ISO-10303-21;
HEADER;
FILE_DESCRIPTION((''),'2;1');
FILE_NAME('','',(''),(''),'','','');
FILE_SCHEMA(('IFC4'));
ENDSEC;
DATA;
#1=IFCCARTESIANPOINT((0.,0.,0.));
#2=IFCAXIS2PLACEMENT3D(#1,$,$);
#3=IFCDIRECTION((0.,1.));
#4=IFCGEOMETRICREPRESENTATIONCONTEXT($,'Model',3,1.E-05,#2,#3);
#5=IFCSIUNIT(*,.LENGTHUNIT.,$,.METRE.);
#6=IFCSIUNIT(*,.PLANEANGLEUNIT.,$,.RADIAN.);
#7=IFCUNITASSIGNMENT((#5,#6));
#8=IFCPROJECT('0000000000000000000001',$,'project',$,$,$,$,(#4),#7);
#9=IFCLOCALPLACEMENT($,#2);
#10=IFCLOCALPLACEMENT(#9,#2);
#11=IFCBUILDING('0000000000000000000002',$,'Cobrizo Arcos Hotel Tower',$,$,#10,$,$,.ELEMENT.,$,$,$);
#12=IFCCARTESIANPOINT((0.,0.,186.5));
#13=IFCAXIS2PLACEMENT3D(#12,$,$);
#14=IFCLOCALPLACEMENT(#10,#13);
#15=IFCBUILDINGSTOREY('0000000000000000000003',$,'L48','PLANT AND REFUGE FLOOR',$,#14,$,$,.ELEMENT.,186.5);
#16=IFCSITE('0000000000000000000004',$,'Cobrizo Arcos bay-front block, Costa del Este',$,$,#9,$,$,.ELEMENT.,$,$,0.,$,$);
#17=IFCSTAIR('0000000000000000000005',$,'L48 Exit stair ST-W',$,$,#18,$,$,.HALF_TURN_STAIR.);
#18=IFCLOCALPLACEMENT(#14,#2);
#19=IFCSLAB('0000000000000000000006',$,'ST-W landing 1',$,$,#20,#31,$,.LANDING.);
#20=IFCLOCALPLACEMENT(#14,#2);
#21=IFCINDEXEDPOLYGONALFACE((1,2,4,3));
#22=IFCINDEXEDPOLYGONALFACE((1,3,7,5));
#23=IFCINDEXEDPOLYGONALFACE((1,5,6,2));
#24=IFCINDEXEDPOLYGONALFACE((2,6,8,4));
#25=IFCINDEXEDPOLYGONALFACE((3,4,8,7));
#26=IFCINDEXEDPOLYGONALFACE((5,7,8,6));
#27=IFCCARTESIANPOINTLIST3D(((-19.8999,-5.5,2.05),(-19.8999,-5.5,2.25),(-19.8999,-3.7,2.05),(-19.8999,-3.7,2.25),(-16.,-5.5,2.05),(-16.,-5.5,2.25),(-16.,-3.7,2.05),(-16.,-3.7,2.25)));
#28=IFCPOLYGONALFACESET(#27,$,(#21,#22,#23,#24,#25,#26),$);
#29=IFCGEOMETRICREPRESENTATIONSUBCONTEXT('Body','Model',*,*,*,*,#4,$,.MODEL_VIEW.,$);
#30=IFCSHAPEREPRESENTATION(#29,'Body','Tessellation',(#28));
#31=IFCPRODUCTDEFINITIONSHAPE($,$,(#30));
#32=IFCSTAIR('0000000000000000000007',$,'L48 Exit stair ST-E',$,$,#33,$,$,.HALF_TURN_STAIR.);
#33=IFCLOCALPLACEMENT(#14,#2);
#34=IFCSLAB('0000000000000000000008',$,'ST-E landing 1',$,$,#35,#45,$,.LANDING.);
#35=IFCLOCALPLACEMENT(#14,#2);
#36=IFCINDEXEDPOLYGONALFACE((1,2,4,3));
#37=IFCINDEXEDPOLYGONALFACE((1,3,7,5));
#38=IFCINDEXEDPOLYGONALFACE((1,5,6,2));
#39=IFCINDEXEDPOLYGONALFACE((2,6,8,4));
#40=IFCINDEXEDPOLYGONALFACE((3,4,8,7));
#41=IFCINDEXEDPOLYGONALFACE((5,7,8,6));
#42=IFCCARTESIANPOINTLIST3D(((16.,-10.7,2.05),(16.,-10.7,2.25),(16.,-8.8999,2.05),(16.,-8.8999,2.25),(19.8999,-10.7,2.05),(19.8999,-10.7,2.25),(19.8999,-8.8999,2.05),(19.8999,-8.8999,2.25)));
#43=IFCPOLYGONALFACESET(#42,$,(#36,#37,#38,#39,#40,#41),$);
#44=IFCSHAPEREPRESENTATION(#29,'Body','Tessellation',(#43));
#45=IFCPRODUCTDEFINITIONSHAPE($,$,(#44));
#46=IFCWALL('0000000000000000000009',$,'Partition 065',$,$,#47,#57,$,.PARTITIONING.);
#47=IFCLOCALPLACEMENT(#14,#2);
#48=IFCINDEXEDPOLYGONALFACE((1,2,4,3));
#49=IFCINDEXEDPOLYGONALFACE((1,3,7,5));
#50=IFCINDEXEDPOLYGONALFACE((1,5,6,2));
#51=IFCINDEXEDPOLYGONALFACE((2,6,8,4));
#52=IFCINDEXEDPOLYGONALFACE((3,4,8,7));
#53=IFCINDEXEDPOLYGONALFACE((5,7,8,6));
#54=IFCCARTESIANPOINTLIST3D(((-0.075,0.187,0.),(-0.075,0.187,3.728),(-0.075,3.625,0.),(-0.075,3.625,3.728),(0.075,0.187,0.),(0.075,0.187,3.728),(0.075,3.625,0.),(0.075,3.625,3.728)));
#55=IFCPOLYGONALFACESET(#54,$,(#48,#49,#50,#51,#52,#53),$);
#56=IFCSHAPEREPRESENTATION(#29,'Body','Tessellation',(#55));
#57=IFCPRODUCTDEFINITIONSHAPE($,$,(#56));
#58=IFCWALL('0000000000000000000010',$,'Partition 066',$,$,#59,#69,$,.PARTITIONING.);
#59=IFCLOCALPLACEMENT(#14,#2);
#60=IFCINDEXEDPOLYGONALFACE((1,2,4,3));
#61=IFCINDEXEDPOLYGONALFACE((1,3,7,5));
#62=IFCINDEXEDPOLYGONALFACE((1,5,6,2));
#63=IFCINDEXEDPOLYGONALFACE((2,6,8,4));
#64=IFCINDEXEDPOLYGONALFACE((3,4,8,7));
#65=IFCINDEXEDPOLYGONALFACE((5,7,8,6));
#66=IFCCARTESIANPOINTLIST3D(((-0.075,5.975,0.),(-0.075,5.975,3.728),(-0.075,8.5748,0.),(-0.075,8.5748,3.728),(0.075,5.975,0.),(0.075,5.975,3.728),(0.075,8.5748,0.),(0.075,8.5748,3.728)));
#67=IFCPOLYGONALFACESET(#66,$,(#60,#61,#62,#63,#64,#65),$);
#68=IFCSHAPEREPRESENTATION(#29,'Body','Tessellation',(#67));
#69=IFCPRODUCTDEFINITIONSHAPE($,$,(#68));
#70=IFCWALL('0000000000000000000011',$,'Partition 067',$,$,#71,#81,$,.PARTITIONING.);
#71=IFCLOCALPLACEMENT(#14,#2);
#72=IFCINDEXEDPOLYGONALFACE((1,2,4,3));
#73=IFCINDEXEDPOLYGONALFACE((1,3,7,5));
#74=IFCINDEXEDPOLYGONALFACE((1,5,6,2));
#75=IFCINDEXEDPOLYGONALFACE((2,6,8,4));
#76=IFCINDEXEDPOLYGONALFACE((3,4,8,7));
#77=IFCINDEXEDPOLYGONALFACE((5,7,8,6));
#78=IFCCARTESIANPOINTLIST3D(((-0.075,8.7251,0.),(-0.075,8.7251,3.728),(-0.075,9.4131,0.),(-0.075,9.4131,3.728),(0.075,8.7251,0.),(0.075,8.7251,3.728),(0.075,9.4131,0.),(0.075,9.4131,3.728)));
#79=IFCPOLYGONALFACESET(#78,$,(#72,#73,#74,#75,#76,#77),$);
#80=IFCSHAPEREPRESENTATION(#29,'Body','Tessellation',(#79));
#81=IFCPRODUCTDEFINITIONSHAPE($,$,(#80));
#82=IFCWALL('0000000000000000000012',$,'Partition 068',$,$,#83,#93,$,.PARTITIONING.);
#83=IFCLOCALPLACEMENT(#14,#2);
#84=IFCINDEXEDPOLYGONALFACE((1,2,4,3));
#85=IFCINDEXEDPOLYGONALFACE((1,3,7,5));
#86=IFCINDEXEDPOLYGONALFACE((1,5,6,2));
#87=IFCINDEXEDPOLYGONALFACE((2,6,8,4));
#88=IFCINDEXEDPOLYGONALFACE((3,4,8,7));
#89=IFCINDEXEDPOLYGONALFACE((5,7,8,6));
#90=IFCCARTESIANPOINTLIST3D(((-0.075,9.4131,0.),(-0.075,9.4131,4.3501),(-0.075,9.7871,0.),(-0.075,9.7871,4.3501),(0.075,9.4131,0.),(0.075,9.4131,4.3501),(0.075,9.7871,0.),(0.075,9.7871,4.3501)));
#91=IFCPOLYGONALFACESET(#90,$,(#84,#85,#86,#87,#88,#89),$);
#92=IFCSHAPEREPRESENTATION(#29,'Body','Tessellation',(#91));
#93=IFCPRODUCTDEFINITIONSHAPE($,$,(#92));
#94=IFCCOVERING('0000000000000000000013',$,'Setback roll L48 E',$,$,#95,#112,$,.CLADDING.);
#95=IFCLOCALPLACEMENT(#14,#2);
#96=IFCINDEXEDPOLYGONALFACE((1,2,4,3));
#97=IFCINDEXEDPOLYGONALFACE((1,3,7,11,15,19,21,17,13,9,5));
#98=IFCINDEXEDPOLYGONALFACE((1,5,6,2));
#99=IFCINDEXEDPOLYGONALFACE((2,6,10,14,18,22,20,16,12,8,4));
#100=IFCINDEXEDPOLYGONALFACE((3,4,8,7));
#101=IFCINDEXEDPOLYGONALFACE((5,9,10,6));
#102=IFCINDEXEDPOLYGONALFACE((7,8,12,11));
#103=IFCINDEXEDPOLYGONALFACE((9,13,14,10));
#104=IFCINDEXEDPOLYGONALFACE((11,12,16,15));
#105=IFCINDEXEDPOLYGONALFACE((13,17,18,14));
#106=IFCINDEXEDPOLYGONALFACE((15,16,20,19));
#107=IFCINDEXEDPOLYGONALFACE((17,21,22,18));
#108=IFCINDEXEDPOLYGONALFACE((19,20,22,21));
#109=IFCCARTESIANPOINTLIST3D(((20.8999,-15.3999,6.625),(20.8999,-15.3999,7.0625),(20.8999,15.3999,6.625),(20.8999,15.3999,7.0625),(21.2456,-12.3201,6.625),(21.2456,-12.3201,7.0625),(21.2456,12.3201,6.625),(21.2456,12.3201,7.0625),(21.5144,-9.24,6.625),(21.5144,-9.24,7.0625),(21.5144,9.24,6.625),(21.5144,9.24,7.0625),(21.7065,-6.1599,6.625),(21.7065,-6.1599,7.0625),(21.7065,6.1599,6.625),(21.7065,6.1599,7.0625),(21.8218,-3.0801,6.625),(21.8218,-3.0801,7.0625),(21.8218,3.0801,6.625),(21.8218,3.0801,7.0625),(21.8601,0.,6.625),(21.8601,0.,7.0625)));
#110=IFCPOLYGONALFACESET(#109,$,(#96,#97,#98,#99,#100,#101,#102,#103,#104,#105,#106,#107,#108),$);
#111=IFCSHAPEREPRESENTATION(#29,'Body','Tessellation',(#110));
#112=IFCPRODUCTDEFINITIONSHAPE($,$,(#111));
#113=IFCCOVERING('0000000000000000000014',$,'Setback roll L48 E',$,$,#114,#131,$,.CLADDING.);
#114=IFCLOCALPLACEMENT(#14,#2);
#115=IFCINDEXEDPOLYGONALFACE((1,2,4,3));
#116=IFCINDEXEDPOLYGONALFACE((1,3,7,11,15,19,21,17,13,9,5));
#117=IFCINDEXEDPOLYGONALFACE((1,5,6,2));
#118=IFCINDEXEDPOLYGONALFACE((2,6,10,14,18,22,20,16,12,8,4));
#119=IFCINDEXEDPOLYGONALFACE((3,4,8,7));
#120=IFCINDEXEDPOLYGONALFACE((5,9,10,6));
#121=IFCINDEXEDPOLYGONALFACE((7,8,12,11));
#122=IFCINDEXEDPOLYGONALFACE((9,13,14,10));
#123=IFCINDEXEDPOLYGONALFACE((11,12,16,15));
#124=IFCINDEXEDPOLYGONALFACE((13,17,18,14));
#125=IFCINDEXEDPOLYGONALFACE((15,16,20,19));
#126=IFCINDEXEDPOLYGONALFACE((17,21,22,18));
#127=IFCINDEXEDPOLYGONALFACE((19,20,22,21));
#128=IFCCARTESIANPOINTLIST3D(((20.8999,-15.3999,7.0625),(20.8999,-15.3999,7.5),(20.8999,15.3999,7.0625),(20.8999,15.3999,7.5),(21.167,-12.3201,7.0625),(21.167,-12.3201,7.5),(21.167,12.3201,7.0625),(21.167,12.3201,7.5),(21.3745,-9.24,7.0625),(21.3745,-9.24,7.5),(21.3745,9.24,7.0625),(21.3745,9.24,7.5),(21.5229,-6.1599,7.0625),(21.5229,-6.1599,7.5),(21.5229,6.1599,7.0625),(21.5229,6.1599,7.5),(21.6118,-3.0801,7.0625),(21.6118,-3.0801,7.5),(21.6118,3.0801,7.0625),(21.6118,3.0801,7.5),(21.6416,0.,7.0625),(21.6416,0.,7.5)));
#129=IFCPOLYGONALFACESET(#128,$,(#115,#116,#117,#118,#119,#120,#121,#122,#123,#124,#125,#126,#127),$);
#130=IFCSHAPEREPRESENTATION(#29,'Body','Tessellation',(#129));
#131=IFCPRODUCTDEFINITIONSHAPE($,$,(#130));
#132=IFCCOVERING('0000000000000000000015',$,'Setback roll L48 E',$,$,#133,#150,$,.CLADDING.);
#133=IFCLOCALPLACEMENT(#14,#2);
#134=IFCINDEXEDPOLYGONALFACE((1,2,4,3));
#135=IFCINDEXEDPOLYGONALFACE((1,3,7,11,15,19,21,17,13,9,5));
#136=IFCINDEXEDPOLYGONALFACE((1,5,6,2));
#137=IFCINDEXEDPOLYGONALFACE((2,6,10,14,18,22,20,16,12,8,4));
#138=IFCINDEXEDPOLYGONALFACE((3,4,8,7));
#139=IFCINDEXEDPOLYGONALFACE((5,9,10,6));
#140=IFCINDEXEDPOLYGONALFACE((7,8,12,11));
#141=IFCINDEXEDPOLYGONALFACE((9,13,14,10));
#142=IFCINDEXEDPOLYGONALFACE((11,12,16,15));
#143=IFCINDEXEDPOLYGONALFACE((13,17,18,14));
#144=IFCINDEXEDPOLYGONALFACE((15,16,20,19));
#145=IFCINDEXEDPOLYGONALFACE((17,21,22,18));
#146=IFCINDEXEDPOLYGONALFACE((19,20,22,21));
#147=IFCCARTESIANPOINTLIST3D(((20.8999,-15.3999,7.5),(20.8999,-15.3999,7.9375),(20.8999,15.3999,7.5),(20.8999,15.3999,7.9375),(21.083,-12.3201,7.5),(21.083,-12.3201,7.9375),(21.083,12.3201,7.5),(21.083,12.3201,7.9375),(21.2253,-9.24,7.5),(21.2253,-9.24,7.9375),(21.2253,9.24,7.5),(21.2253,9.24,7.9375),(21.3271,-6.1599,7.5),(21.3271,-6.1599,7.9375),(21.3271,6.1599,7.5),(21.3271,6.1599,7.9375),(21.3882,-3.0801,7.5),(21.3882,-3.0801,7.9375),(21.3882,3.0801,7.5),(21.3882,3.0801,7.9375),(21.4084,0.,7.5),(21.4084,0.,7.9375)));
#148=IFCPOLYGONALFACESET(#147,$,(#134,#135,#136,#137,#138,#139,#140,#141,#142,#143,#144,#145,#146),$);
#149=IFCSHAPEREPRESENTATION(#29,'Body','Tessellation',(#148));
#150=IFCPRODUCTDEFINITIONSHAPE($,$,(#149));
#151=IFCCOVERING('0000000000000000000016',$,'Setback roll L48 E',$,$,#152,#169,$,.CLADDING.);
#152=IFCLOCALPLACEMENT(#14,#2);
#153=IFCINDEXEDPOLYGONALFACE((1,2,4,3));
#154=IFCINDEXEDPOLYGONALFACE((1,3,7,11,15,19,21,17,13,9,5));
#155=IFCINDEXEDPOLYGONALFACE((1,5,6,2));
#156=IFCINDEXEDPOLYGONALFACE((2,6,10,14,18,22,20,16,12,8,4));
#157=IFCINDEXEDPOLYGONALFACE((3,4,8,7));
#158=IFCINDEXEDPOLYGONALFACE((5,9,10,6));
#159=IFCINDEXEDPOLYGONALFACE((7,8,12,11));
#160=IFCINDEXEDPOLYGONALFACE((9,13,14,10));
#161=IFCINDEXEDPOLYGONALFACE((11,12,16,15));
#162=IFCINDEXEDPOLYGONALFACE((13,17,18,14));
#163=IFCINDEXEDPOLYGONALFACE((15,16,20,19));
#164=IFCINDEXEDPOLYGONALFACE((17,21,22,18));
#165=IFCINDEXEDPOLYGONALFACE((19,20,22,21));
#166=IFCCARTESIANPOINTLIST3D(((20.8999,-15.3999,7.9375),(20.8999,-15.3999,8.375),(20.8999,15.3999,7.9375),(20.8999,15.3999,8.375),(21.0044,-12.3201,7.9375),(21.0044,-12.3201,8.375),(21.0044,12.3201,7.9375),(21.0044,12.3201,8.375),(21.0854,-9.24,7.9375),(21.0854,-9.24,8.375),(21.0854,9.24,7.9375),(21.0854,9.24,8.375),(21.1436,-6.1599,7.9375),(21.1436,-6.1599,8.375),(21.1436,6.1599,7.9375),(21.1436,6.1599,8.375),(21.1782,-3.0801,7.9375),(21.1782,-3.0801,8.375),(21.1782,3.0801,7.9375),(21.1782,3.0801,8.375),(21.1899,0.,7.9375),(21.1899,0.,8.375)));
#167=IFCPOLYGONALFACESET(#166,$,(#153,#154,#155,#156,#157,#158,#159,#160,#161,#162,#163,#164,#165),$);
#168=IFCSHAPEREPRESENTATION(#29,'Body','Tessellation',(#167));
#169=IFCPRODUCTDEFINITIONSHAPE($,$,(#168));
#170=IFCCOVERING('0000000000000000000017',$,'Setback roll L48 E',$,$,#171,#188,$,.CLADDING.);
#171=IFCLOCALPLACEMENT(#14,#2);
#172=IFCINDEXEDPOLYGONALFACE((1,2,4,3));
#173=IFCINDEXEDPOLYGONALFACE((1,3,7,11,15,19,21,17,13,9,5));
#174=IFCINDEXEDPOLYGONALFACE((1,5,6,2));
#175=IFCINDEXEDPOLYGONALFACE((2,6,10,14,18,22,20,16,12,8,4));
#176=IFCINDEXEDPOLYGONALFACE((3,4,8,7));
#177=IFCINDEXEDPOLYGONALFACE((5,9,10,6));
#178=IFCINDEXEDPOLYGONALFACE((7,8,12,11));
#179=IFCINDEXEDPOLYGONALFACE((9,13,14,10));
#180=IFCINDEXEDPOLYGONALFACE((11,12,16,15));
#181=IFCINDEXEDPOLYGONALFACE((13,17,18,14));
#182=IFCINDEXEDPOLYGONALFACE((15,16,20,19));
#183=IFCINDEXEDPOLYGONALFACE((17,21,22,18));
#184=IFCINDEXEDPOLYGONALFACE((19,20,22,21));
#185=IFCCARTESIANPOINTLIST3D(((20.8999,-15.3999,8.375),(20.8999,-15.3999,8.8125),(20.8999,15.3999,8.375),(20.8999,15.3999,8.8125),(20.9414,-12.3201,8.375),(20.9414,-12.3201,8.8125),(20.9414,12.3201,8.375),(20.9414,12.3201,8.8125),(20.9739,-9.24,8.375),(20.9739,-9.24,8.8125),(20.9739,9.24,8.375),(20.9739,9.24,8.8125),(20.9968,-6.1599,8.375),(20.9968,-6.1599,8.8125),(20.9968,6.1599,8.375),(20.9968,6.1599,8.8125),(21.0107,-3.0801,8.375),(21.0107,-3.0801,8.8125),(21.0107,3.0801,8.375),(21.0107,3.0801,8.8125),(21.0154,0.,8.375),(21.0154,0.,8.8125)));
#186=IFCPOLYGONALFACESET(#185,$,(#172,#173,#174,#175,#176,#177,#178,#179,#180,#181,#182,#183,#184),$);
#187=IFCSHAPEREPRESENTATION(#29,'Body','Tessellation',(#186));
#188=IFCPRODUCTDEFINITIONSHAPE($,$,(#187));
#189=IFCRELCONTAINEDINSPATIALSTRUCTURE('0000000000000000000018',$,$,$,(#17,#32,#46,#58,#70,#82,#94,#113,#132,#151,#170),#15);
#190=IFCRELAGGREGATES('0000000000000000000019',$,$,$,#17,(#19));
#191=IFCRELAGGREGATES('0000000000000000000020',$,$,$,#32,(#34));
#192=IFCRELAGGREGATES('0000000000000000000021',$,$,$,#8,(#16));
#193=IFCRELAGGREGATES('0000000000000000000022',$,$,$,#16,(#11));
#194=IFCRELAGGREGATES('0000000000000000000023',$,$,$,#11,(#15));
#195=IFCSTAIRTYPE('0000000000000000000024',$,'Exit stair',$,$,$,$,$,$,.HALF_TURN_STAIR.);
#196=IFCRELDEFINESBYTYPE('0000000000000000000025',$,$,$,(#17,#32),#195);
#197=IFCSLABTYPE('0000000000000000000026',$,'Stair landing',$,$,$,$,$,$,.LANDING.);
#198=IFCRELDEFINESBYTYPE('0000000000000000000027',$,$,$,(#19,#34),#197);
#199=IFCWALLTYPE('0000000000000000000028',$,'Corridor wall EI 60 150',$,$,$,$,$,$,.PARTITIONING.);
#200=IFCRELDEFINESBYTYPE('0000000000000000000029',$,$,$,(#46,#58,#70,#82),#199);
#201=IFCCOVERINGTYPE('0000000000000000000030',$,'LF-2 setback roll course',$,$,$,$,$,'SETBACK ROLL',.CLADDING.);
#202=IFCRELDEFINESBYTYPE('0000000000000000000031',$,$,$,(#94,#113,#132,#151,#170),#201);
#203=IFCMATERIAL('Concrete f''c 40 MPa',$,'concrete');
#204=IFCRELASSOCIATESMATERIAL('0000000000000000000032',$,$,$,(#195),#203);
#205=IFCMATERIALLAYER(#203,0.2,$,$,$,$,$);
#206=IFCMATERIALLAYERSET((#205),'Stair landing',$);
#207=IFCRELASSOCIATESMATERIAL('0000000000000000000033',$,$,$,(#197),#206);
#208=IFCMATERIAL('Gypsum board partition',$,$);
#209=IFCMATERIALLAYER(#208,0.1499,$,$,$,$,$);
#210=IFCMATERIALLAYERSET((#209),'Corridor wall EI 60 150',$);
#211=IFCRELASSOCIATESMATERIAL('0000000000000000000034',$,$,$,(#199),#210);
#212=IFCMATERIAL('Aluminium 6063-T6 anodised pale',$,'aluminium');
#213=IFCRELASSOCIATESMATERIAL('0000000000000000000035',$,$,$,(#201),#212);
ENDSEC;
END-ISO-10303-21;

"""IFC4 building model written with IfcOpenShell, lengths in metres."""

from ifc_helpers import new_model, si_unit, direction, frame, frame_2d, origin, place, context, subcontext, project, spatial, polyline, rectangle, outline, extrude, material, layer, layer_set, type_object, element, aggregate, save


model = new_model("IFC4")

# Units and contexts
model_context = context("Model", 3, precision=1e-05, world=origin(), true_north=direction((0.0, 1.0)))
body_context = subcontext(model_context, "Body", "Model", "MODEL_VIEW")
ifc_project = project(units=[si_unit("LENGTHUNIT", "METRE"), si_unit("PLANEANGLEUNIT", "RADIAN")], contexts=[model_context])

# Site, building, storey
site_placement = place(None, origin())
site = spatial("IfcSite", under=ifc_project, at=site_placement, Name="Cobrizo Arcos bay-front block, Costa del Este", CompositionType="ELEMENT", RefElevation=0.0)
building_placement = place(site_placement, origin())
building = spatial("IfcBuilding", under=site, at=building_placement, Name="Cobrizo Arcos Hotel Tower", CompositionType="ELEMENT")
storey_placement = place(building_placement, frame((0.0, 0.0, 186.5)))
storey = spatial("IfcBuildingStorey", under=building, at=storey_placement, Name="L48", Description="PLANT AND REFUGE FLOOR", CompositionType="ELEMENT", Elevation=186.5)

# Stairs, slabs
ifc_material_1 = material(Name="Concrete f'c 40 MPa", Category="concrete")
stair_type = type_object("IfcStairType", Name="Exit stair", PredefinedType="HALF_TURN_STAIR", material=ifc_material_1)
stair_1_placement = place(storey_placement, origin())
stair_1 = element("IfcStair", 1, at=stair_1_placement, inside=storey, type_object=stair_type, Name="L48 Exit stair ST-W", PredefinedType="HALF_TURN_STAIR")
ifc_layer_1 = layer(ifc_material_1, 0.2)
ifc_layer_set_1 = layer_set([ifc_layer_1], Name="Stair landing")
slab_type = type_object("IfcSlabType", Name="Stair landing", PredefinedType="LANDING", material=ifc_layer_set_1)
slab_1_placement = place(storey_placement, frame((0.0, 0.0, 2.05)))
slab_1 = element("IfcSlab", 2, at=slab_1_placement, type_object=slab_type, Name="ST-W landing 1", PredefinedType="LANDING", context=body_context, shape_type="SweptSolid", body=[
    extrude(outline(polyline([(-16.0, -5.5), (-16.0, -3.7), (-19.8999, -3.7), (-19.8999, -5.5), (-16.0, -5.5)])), origin(), (0.0, 0.0, 1.0), 0.2),
])
aggregate(stair_1, [slab_1])
stair_2_placement = place(storey_placement, origin())
stair_2 = element("IfcStair", 3, at=stair_2_placement, inside=storey, type_object=stair_type, Name="L48 Exit stair ST-E", PredefinedType="HALF_TURN_STAIR")
slab_2_placement = place(storey_placement, frame((0.0, 0.0, 2.05)))
slab_2 = element("IfcSlab", 4, at=slab_2_placement, type_object=slab_type, Name="ST-E landing 1", PredefinedType="LANDING", context=body_context, shape_type="SweptSolid", body=[
    extrude(outline(polyline([(16.0, -8.8999), (16.0, -10.7), (19.8999, -10.7), (19.8999, -8.8999), (16.0, -8.8999)])), origin(), (0.0, 0.0, 1.0), 0.2),
])
aggregate(stair_2, [slab_2])

# Walls
ifc_material_2 = material(Name="Gypsum board partition")
ifc_layer_2 = layer(ifc_material_2, 0.1499)
ifc_layer_set_2 = layer_set([ifc_layer_2], Name="Corridor wall EI 60 150")
wall_type = type_object("IfcWallType", Name="Corridor wall EI 60 150", PredefinedType="PARTITIONING", material=ifc_layer_set_2)
wall_1_placement = place(storey_placement, frame((0.0, 0.187, 0.0), z_axis=(0.0, 0.0, 1.0), x_axis=(0.0, 1.0, 0.0)))
element("IfcWall", 5, at=wall_1_placement, inside=storey, type_object=wall_type, Name="Partition 065", PredefinedType="PARTITIONING", context=body_context, shape_type="SweptSolid", body=[
    extrude(rectangle(XDim=3.438, YDim=0.1499, at=frame_2d((1.719, 0.0))), origin(), (0.0, 0.0, 1.0), 3.728),
])
wall_2_placement = place(storey_placement, frame((0.0, 5.9751, 0.0), z_axis=(0.0, 0.0, 1.0), x_axis=(0.0, 1.0, 0.0)))
element("IfcWall", 6, at=wall_2_placement, inside=storey, type_object=wall_type, Name="Partition 066", PredefinedType="PARTITIONING", context=body_context, shape_type="SweptSolid", body=[
    extrude(rectangle(XDim=2.5999, YDim=0.1499, at=frame_2d((1.2998, 0.0))), origin(), (0.0, 0.0, 1.0), 3.728),
])
wall_3_placement = place(storey_placement, frame((0.0, 8.7251, 0.0), z_axis=(0.0, 0.0, 1.0), x_axis=(0.0, 1.0, 0.0)))
element("IfcWall", 7, at=wall_3_placement, inside=storey, type_object=wall_type, Name="Partition 067", PredefinedType="PARTITIONING", context=body_context, shape_type="SweptSolid", body=[
    extrude(rectangle(XDim=0.688, YDim=0.1499, at=frame_2d((0.344, 0.0))), origin(), (0.0, 0.0, 1.0), 3.728),
])
wall_4_placement = place(storey_placement, frame((0.0, 9.4131, 0.0), z_axis=(0.0, 0.0, 1.0), x_axis=(0.0, 1.0, 0.0)))
element("IfcWall", 8, at=wall_4_placement, inside=storey, type_object=wall_type, Name="Partition 068", PredefinedType="PARTITIONING", context=body_context, shape_type="SweptSolid", body=[
    extrude(rectangle(XDim=0.374, YDim=0.1499, at=frame_2d((0.187, 0.0))), origin(), (0.0, 0.0, 1.0), 4.3501),
])

# Coverings
ifc_material_3 = material(Name="Aluminium 6063-T6 anodised pale", Category="aluminium")
covering_type = type_object("IfcCoveringType", Name="LF-2 setback roll course", ElementType="SETBACK ROLL", PredefinedType="CLADDING", material=ifc_material_3)
covering_1_placement = place(storey_placement, frame((0.0, 0.0, 6.625)))
element("IfcCovering", 9, at=covering_1_placement, inside=storey, type_object=covering_type, Name="Setback roll L48 E", PredefinedType="CLADDING", context=body_context, shape_type="SweptSolid", body=[
    extrude(outline(polyline([(20.8999, -15.3999), (21.2456, -12.3201), (21.5144, -9.24), (21.7065, -6.1599), (21.8218, -3.0801), (21.8601, 0.0), (21.8218, 3.0801), (21.7065, 6.1599), (21.5144, 9.24), (21.2456, 12.3201), (20.8999, 15.3999), (20.8999, 15.3999), (20.8999, -15.3999)])), origin(), (0.0, 0.0, 1.0), 0.4375),
])
covering_2_placement = place(storey_placement, frame((0.0, 0.0, 7.0625)))
element("IfcCovering", 10, at=covering_2_placement, inside=storey, type_object=covering_type, Name="Setback roll L48 E", PredefinedType="CLADDING", context=body_context, shape_type="SweptSolid", body=[
    extrude(outline(polyline([(20.8999, -15.3999), (21.167, -12.3201), (21.3745, -9.24), (21.5229, -6.1599), (21.6118, -3.0801), (21.6416, 0.0), (21.6118, 3.0801), (21.5229, 6.1599), (21.3745, 9.24), (21.167, 12.3201), (20.8999, 15.3999), (20.8999, 15.3999), (20.8999, -15.3999)])), origin(), (0.0, 0.0, 1.0), 0.4375),
])
covering_3_placement = place(storey_placement, frame((0.0, 0.0, 7.5)))
element("IfcCovering", 11, at=covering_3_placement, inside=storey, type_object=covering_type, Name="Setback roll L48 E", PredefinedType="CLADDING", context=body_context, shape_type="SweptSolid", body=[
    extrude(outline(polyline([(20.8999, -15.3999), (21.083, -12.3201), (21.2253, -9.24), (21.3271, -6.1599), (21.3882, -3.0801), (21.4084, 0.0), (21.3882, 3.0801), (21.3271, 6.1599), (21.2253, 9.24), (21.083, 12.3201), (20.8999, 15.3999), (20.8999, 15.3999), (20.8999, -15.3999)])), origin(), (0.0, 0.0, 1.0), 0.4375),
])
covering_4_placement = place(storey_placement, frame((0.0, 0.0, 7.9375)))
element("IfcCovering", 12, at=covering_4_placement, inside=storey, type_object=covering_type, Name="Setback roll L48 E", PredefinedType="CLADDING", context=body_context, shape_type="SweptSolid", body=[
    extrude(outline(polyline([(20.8999, -15.3999), (21.0044, -12.3201), (21.0854, -9.24), (21.1436, -6.1599), (21.1782, -3.0801), (21.1899, 0.0), (21.1782, 3.0801), (21.1436, 6.1599), (21.0854, 9.24), (21.0044, 12.3201), (20.8999, 15.3999), (20.8999, 15.3999), (20.8999, -15.3999)])), origin(), (0.0, 0.0, 1.0), 0.4375),
])
covering_5_placement = place(storey_placement, frame((0.0, 0.0, 8.375)))
element("IfcCovering", 13, at=covering_5_placement, inside=storey, type_object=covering_type, Name="Setback roll L48 E", PredefinedType="CLADDING", context=body_context, shape_type="SweptSolid", body=[
    extrude(outline(polyline([(20.8999, -15.3999), (20.9414, -12.3201), (20.9739, -9.24), (20.9968, -6.1599), (21.0107, -3.0801), (21.0154, 0.0), (21.0107, 3.0801), (20.9968, 6.1599), (20.9739, 9.24), (20.9414, 12.3201), (20.8999, 15.3999), (20.8999, 15.3999), (20.8999, -15.3999)])), origin(), (0.0, 0.0, 1.0), 0.4375),
])

save(model, "model.ifc")
